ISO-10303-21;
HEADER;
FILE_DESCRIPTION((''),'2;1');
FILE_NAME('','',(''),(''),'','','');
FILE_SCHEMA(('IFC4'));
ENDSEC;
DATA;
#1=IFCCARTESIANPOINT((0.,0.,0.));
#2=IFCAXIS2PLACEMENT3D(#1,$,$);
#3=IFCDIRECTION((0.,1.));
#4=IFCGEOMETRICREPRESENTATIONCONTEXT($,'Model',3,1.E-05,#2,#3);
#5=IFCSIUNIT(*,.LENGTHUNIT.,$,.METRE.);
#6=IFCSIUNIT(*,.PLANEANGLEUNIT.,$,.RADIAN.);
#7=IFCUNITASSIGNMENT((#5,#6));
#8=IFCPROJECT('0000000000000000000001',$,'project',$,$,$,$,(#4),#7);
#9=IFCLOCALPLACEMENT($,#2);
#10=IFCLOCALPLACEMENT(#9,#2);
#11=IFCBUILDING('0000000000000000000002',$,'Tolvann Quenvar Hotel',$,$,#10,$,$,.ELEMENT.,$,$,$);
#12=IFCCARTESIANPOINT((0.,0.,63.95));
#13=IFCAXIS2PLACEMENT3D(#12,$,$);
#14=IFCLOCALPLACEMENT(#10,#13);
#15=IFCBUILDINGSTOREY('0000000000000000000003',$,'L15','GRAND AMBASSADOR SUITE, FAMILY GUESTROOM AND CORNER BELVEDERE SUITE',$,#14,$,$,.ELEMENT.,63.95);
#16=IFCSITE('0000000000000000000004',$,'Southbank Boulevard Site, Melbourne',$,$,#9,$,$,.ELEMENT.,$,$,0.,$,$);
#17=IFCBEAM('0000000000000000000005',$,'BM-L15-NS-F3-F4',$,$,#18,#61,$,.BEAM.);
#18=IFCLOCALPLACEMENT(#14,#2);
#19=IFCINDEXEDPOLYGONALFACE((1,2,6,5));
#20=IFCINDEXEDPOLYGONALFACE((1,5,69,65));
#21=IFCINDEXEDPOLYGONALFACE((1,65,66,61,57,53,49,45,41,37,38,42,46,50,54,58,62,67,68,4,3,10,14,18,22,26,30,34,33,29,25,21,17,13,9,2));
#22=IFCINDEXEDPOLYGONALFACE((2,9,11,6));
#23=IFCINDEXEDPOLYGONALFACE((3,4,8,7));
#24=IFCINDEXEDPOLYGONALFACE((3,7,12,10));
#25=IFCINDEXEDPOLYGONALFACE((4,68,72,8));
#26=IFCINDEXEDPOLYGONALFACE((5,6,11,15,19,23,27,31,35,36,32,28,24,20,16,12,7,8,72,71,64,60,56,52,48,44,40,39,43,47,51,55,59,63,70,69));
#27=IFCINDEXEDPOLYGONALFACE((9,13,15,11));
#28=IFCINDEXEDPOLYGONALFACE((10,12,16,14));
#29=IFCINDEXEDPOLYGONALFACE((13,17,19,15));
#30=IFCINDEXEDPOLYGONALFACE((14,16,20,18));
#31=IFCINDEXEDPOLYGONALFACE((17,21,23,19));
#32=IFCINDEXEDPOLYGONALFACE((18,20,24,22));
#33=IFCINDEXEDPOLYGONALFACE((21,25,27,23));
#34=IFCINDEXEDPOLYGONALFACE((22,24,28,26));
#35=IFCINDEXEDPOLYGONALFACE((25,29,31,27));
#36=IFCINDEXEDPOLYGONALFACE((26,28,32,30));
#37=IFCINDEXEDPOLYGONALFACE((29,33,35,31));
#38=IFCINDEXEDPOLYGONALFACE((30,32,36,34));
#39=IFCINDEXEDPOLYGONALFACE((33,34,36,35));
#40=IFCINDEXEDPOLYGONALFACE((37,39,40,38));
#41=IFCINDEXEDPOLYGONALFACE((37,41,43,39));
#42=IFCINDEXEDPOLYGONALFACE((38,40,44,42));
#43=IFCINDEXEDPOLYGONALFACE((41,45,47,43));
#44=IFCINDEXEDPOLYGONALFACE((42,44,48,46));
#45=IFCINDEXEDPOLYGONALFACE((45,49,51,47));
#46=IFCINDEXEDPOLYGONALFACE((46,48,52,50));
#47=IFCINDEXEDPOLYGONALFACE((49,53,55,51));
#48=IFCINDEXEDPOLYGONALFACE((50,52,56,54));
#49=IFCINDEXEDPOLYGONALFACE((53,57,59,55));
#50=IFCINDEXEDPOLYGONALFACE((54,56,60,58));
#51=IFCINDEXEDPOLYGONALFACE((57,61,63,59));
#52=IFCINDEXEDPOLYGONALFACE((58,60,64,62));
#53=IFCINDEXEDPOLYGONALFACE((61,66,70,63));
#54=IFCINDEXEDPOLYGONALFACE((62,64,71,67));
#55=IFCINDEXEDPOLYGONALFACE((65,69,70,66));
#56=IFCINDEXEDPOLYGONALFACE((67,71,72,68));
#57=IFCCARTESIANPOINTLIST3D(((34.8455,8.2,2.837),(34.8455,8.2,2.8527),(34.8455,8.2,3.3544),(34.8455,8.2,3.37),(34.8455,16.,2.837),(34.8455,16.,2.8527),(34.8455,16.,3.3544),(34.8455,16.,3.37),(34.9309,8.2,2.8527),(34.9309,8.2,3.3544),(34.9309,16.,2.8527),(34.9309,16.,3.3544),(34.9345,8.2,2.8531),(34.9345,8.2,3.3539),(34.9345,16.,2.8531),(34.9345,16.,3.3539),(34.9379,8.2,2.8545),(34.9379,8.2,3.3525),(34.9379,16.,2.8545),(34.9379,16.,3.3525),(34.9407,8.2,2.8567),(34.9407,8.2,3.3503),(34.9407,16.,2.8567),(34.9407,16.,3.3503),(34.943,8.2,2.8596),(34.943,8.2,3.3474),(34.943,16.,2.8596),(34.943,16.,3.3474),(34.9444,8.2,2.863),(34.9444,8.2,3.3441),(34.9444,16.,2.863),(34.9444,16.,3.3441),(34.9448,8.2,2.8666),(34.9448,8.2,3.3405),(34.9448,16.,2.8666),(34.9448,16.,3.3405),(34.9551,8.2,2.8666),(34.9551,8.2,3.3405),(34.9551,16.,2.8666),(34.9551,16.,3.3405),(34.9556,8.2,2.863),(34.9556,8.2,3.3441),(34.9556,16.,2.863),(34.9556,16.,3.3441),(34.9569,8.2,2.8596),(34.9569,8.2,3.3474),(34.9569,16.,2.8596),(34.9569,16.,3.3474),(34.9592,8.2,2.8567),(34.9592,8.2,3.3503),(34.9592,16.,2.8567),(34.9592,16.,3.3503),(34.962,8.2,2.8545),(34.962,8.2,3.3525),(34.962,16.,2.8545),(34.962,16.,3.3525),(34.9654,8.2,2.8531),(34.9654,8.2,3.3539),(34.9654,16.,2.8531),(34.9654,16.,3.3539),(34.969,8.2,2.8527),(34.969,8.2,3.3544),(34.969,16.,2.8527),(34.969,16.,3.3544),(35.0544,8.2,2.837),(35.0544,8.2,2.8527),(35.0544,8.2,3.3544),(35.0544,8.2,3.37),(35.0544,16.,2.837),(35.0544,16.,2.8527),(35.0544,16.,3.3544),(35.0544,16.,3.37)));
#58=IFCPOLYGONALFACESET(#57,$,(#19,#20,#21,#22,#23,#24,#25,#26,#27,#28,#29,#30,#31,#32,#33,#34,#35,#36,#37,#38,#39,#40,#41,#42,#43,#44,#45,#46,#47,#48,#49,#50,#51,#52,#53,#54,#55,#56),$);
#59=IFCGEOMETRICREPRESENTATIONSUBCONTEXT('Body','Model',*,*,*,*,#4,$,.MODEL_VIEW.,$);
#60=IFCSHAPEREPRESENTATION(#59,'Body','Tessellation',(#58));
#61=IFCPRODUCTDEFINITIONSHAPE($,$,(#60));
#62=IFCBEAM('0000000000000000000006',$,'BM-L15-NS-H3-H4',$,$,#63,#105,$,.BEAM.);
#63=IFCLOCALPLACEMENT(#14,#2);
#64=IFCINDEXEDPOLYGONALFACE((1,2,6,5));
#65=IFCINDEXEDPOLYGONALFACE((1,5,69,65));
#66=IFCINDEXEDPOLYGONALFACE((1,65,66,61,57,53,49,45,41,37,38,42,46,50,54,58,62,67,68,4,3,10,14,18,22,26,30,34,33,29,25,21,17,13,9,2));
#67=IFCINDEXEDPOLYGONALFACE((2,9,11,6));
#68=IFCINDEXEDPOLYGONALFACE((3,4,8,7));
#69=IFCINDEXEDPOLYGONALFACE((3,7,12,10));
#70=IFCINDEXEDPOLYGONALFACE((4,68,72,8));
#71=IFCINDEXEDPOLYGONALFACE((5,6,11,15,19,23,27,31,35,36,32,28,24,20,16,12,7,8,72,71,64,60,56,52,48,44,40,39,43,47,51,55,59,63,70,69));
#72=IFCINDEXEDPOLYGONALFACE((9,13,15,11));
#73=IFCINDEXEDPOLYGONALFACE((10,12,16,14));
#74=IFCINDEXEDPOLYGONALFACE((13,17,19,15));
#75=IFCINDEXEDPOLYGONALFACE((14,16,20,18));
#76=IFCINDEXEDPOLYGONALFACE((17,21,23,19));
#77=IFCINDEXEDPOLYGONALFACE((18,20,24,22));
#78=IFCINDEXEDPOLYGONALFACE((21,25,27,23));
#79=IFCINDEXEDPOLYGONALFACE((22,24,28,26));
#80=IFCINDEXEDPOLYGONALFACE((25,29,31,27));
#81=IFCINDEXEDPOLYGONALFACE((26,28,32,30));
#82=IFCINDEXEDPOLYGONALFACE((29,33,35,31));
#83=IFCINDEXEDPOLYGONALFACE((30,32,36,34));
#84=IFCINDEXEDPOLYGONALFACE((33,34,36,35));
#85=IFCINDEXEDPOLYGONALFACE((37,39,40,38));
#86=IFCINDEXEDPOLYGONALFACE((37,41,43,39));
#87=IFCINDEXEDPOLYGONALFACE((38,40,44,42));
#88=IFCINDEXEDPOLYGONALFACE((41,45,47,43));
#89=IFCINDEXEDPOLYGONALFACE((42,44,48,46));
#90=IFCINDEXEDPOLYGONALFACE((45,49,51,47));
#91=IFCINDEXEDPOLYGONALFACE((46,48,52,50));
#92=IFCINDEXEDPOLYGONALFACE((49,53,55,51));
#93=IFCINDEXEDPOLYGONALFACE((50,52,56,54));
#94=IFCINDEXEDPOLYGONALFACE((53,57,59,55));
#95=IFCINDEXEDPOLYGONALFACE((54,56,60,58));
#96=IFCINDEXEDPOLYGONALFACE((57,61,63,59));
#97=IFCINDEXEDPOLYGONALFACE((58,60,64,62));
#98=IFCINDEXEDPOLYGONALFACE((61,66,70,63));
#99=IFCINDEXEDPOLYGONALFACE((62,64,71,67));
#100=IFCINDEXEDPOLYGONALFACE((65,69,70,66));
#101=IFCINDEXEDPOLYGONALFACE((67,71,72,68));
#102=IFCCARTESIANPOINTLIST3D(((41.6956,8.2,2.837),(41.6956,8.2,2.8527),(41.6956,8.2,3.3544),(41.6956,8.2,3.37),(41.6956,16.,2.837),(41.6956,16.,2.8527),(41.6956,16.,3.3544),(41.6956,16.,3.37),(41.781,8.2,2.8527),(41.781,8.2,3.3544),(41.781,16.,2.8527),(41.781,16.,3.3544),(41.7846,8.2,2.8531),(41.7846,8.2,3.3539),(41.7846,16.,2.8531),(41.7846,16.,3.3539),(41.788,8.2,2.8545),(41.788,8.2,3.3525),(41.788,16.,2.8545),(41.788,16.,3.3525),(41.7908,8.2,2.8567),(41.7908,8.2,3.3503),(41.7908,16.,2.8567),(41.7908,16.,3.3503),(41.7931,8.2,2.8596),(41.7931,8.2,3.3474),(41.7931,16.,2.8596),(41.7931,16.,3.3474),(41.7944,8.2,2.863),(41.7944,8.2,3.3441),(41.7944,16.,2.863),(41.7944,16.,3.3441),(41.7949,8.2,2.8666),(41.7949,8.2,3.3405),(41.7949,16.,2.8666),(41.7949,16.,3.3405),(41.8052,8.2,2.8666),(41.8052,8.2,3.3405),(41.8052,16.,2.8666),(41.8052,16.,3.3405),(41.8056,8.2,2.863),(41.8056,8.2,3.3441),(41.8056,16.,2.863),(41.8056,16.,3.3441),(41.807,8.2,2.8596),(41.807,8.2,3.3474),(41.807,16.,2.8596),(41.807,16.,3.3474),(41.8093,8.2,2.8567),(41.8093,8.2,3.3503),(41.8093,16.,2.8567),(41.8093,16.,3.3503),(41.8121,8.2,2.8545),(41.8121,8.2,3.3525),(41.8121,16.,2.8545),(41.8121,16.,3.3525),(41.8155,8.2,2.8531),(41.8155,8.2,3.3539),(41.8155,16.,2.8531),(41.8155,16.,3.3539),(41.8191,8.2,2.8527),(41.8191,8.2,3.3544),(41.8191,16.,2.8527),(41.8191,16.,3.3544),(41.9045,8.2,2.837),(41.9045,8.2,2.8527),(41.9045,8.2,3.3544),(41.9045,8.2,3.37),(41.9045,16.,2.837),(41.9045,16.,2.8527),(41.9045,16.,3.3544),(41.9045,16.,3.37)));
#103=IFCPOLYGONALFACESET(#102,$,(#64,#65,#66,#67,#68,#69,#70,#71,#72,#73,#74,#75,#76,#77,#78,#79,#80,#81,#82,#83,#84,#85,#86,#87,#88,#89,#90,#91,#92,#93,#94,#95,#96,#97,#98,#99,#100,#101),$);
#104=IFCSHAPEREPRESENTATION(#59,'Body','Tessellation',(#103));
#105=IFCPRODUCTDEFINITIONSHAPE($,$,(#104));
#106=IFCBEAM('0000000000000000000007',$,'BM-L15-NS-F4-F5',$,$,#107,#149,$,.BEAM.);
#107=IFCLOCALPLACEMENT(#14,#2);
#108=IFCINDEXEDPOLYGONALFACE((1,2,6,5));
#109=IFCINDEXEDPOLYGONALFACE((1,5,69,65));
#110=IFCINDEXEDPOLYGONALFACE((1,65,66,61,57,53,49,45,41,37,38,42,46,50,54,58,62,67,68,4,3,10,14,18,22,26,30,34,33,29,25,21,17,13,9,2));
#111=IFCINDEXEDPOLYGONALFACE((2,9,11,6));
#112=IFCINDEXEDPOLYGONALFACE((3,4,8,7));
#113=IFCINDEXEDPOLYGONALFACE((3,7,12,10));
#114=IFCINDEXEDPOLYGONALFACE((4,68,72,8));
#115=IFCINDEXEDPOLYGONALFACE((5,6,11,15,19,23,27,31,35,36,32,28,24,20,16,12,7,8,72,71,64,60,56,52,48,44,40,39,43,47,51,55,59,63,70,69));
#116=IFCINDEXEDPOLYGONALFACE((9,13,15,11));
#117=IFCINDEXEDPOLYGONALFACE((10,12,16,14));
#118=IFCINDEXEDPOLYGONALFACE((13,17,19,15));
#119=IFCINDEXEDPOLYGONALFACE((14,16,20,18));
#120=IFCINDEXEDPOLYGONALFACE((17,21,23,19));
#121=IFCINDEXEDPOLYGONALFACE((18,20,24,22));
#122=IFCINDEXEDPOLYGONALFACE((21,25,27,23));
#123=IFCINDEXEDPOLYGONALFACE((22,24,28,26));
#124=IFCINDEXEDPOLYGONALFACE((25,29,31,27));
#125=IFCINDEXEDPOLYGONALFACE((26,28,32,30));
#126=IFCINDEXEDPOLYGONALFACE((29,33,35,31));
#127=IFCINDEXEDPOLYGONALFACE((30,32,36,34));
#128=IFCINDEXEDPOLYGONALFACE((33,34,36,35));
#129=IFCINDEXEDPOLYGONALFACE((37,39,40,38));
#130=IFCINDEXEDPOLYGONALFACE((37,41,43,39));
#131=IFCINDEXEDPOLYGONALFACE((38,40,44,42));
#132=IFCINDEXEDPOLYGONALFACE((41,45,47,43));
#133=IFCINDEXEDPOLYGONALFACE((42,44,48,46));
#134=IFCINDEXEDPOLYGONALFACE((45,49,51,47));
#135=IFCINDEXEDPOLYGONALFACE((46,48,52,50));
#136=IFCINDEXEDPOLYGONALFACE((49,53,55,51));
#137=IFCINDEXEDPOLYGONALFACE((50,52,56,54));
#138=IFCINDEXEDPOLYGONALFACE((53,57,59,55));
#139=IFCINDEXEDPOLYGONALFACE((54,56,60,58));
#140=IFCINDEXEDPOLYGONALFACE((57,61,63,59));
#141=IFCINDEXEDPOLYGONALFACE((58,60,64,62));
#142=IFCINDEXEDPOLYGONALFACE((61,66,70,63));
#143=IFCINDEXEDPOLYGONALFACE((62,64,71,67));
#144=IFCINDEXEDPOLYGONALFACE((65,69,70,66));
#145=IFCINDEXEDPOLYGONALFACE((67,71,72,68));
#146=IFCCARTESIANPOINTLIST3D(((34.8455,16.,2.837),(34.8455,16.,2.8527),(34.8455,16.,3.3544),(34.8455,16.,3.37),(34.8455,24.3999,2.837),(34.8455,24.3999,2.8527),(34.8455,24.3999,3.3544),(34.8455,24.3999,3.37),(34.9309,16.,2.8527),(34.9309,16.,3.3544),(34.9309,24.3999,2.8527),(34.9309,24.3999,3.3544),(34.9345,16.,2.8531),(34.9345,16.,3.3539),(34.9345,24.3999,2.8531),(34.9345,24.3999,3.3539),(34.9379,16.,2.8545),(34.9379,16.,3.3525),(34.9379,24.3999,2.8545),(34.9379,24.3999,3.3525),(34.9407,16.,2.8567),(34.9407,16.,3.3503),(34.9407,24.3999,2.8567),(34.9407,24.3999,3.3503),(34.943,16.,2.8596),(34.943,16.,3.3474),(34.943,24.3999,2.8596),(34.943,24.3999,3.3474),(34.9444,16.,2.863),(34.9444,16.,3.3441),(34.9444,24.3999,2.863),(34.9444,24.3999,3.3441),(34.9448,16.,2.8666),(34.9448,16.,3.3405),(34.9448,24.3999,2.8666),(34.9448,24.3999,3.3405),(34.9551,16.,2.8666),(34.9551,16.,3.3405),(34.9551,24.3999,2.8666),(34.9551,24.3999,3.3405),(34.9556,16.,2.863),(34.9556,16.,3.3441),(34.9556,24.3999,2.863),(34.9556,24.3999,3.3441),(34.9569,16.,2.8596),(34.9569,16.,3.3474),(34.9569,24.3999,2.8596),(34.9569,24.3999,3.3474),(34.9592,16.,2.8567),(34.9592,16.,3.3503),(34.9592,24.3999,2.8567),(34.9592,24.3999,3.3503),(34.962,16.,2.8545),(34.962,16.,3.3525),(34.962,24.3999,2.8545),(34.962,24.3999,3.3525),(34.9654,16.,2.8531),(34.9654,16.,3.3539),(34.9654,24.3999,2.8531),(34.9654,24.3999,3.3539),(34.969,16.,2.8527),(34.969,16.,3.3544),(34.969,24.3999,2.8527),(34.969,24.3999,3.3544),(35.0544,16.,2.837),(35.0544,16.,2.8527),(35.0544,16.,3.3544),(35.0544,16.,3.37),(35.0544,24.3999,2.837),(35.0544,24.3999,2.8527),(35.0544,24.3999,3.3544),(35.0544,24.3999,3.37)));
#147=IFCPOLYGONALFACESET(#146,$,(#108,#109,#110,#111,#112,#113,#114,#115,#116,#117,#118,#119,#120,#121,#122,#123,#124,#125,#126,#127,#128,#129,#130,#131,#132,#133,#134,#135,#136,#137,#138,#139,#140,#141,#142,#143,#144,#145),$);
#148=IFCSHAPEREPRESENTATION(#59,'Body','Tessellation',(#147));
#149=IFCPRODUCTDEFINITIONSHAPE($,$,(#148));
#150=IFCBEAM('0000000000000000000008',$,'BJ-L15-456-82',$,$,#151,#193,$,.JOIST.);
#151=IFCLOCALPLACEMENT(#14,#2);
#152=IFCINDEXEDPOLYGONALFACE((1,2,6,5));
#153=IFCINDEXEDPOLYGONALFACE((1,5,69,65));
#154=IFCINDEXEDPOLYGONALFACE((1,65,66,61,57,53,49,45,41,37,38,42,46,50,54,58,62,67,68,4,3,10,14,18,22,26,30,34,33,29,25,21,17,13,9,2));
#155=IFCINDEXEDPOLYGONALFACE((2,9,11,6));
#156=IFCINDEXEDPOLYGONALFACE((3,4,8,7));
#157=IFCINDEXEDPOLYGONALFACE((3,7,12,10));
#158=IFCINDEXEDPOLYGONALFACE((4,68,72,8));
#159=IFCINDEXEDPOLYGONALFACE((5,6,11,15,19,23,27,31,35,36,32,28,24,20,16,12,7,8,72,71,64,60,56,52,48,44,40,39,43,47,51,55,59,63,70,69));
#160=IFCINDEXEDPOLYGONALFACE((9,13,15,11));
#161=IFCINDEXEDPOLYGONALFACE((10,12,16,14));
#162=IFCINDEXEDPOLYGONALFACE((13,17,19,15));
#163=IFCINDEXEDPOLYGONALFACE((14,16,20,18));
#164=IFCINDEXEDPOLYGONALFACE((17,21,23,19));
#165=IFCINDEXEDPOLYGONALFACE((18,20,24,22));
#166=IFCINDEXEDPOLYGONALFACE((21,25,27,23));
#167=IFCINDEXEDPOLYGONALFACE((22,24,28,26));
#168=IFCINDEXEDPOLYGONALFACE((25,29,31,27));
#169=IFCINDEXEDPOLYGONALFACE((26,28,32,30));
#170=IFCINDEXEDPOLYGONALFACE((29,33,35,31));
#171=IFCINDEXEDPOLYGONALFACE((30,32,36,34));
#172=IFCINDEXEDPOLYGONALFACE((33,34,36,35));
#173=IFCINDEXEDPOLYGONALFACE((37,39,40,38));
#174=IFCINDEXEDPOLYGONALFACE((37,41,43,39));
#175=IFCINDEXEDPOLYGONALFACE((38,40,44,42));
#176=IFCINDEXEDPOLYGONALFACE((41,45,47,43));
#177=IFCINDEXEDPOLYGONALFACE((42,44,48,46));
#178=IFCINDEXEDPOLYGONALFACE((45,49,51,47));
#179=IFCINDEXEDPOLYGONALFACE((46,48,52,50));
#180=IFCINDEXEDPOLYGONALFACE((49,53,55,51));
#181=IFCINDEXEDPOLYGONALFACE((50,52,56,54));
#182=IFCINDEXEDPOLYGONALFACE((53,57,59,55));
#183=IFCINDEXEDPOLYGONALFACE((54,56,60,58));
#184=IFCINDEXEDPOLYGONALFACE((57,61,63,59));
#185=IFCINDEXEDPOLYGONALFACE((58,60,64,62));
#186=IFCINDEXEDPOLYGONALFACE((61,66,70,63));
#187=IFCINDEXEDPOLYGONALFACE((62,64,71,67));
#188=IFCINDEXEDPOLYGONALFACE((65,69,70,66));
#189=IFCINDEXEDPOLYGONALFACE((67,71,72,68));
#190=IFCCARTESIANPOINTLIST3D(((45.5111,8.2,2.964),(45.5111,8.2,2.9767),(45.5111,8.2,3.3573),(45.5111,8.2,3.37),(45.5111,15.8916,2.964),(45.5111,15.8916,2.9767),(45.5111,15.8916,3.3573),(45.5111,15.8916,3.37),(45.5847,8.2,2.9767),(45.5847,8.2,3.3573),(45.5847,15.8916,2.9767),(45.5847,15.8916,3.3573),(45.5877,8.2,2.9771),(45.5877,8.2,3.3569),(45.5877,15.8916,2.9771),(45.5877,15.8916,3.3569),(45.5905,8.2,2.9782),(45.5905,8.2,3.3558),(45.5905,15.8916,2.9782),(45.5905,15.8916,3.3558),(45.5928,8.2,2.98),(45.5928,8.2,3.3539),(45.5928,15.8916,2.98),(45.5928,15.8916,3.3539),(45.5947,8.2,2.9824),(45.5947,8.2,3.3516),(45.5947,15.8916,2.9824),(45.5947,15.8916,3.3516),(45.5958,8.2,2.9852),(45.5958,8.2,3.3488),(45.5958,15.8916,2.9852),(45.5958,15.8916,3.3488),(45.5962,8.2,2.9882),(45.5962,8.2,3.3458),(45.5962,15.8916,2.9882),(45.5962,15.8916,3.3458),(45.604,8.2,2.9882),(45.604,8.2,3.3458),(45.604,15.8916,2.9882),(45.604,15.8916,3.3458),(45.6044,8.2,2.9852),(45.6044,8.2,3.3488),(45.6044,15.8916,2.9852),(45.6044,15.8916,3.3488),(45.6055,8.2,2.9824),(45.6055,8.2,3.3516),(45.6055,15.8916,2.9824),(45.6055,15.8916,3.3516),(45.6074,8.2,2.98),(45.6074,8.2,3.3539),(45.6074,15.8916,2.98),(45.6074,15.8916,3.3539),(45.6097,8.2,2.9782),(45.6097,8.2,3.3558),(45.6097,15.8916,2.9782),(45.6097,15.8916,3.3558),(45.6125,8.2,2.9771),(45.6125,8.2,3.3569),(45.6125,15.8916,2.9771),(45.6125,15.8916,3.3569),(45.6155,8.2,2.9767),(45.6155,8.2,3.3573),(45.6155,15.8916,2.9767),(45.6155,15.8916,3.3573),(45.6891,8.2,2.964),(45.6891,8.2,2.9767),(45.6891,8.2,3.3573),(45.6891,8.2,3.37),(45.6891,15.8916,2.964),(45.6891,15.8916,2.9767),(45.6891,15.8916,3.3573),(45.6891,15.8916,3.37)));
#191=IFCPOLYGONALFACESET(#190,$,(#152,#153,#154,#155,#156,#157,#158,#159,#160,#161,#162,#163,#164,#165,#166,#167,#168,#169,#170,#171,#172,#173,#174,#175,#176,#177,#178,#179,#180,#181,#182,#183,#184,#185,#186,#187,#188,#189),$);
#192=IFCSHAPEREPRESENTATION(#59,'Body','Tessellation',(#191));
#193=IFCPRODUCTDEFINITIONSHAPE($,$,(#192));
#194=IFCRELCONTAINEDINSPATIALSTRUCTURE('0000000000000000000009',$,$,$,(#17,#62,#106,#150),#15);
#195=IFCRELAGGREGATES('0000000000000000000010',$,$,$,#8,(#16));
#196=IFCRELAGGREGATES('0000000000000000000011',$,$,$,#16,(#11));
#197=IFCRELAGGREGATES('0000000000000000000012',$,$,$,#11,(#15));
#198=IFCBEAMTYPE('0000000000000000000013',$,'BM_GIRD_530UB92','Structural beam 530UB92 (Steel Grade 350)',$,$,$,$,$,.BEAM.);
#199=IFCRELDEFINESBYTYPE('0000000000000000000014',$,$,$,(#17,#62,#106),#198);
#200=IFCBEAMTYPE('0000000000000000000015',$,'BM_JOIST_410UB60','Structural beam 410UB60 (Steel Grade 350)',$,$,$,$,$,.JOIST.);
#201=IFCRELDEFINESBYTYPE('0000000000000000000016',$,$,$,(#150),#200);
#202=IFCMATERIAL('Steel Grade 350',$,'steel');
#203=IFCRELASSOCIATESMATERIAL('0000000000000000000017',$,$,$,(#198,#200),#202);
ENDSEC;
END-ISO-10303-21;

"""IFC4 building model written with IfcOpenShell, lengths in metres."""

from ifc_helpers import new_model, si_unit, direction, frame, origin, origin_2d, place, context, subcontext, project, spatial, i_section, extrude, source, transform, mapped, material, material_profile, profile_set, type_object, type_shapes, element, save


model = new_model("IFC4")

# Units and contexts
model_context = context("Model", 3, precision=1e-05, world=origin(), true_north=direction((0.0, 1.0)))
body_context = subcontext(model_context, "Body", "Model", "MODEL_VIEW")
ifc_project = project(units=[si_unit("LENGTHUNIT", "METRE"), si_unit("PLANEANGLEUNIT", "RADIAN")], contexts=[model_context])

# Site, building, storey
site_placement = place(None, origin())
site = spatial("IfcSite", under=ifc_project, at=site_placement, Name="Southbank Boulevard Site, Melbourne", CompositionType="ELEMENT", RefElevation=0.0)
building_placement = place(site_placement, origin())
building = spatial("IfcBuilding", under=site, at=building_placement, Name="Tolvann Quenvar Hotel", CompositionType="ELEMENT")
storey_placement = place(building_placement, frame((0.0, 0.0, 63.95)))
storey = spatial("IfcBuildingStorey", under=building, at=storey_placement, Name="L15", Description="GRAND AMBASSADOR SUITE, FAMILY GUESTROOM AND CORNER BELVEDERE SUITE", CompositionType="ELEMENT", Elevation=63.95)

# Shared definitions
ifc_material_1 = material(Name="Steel Grade 350", Category="steel")

# Beams
ifc_material_profile_1 = material_profile(ifc_material_1, i_section(OverallWidth=0.209, OverallDepth=0.533, WebThickness=0.0103, FlangeThickness=0.0156, FilletRadius=0.0139, at=origin_2d()), Name="530UB92")
ifc_profile_set_1 = profile_set([ifc_material_profile_1], Name="Steel Grade 350")
beam_type_1 = type_object("IfcBeamType", Name="BM_GIRD_530UB92", Description="Structural beam 530UB92 (Steel Grade 350)", PredefinedType="BEAM", material=ifc_profile_set_1)
shared_shape_1 = source(origin(), body_context, "Body", "SweptSolid", [
    extrude(i_section(OverallWidth=0.209, OverallDepth=0.533, WebThickness=0.0103, FlangeThickness=0.0156, FilletRadius=0.0139, at=origin_2d()), origin(), (0.0, 0.0, 1.0), 7.8),
])
for number, where, z_axis, x_axis, name in (
    (1, (34.95, 8.2, 3.1035), (0.0, 1.0, 0.0), (-1.0, 0.0, 0.0), "BM-L15-NS-F3-F4"),
    (2, (41.8, 8.2, 3.1035), (0.0, 1.0, 0.0), (-1.0, 0.0, 0.0), "BM-L15-NS-H3-H4"),
):
    element("IfcBeam", number, at=place(storey_placement, frame(where, z_axis=z_axis, x_axis=x_axis)), inside=storey, type_object=beam_type_1, Name=name, PredefinedType="BEAM", context=body_context, shape_type="MappedRepresentation", body=[
        mapped(shared_shape_1, transform((0.0, 0.0, 0.0), x_axis=(1.0, 0.0, 0.0), y_axis=(0.0, 1.0, 0.0), z_axis=(0.0, 0.0, 1.0), scale=1.0)),
    ])
shared_shape_2 = source(origin(), body_context, "Body", "SweptSolid", [
    extrude(i_section(OverallWidth=0.209, OverallDepth=0.533, WebThickness=0.0103, FlangeThickness=0.0156, FilletRadius=0.0139, at=origin_2d()), origin(), (0.0, 0.0, 1.0), 8.3999),
])
beam_1_placement = place(storey_placement, frame((34.95, 16.0, 3.1035), z_axis=(0.0, 1.0, 0.0), x_axis=(-1.0, 0.0, 0.0)))
element("IfcBeam", 3, at=beam_1_placement, inside=storey, type_object=beam_type_1, Name="BM-L15-NS-F4-F5", PredefinedType="BEAM", context=body_context, shape_type="MappedRepresentation", body=[
    mapped(shared_shape_2, transform((0.0, 0.0, 0.0), x_axis=(1.0, 0.0, 0.0), y_axis=(0.0, 1.0, 0.0), z_axis=(0.0, 0.0, 1.0), scale=1.0)),
])
ifc_material_profile_2 = material_profile(ifc_material_1, i_section(OverallWidth=0.178, OverallDepth=0.406, WebThickness=0.0078, FlangeThickness=0.0127, FilletRadius=0.0115, at=origin_2d()), Name="410UB60")
ifc_profile_set_2 = profile_set([ifc_material_profile_2], Name="Steel Grade 350")
beam_type_2 = type_object("IfcBeamType", Name="BM_JOIST_410UB60", Description="Structural beam 410UB60 (Steel Grade 350)", PredefinedType="JOIST", material=ifc_profile_set_2)
shared_shape_3 = source(origin(), body_context, "Body", "SweptSolid", [
    extrude(i_section(OverallWidth=0.178, OverallDepth=0.406, WebThickness=0.0078, FlangeThickness=0.0127, FilletRadius=0.0115, at=origin_2d()), origin(), (0.0, 0.0, 1.0), 7.6917),
])
type_shapes(beam_type_2, [shared_shape_3])
beam_2_placement = place(storey_placement, frame((45.6001, 8.2, 3.167), z_axis=(0.0, 1.0, 0.0), x_axis=(-1.0, 0.0, 0.0)))
element("IfcBeam", 4, at=beam_2_placement, inside=storey, type_object=beam_type_2, Name="BJ-L15-456-82", PredefinedType="JOIST", context=body_context, shape_type="MappedRepresentation", body=[
    mapped(shared_shape_3, transform((0.0, 0.0, 0.0), x_axis=(1.0, 0.0, 0.0), y_axis=(0.0, 1.0, 0.0), z_axis=(0.0, 0.0, 1.0), scale=1.0)),
])

save(model, "model.ifc")
